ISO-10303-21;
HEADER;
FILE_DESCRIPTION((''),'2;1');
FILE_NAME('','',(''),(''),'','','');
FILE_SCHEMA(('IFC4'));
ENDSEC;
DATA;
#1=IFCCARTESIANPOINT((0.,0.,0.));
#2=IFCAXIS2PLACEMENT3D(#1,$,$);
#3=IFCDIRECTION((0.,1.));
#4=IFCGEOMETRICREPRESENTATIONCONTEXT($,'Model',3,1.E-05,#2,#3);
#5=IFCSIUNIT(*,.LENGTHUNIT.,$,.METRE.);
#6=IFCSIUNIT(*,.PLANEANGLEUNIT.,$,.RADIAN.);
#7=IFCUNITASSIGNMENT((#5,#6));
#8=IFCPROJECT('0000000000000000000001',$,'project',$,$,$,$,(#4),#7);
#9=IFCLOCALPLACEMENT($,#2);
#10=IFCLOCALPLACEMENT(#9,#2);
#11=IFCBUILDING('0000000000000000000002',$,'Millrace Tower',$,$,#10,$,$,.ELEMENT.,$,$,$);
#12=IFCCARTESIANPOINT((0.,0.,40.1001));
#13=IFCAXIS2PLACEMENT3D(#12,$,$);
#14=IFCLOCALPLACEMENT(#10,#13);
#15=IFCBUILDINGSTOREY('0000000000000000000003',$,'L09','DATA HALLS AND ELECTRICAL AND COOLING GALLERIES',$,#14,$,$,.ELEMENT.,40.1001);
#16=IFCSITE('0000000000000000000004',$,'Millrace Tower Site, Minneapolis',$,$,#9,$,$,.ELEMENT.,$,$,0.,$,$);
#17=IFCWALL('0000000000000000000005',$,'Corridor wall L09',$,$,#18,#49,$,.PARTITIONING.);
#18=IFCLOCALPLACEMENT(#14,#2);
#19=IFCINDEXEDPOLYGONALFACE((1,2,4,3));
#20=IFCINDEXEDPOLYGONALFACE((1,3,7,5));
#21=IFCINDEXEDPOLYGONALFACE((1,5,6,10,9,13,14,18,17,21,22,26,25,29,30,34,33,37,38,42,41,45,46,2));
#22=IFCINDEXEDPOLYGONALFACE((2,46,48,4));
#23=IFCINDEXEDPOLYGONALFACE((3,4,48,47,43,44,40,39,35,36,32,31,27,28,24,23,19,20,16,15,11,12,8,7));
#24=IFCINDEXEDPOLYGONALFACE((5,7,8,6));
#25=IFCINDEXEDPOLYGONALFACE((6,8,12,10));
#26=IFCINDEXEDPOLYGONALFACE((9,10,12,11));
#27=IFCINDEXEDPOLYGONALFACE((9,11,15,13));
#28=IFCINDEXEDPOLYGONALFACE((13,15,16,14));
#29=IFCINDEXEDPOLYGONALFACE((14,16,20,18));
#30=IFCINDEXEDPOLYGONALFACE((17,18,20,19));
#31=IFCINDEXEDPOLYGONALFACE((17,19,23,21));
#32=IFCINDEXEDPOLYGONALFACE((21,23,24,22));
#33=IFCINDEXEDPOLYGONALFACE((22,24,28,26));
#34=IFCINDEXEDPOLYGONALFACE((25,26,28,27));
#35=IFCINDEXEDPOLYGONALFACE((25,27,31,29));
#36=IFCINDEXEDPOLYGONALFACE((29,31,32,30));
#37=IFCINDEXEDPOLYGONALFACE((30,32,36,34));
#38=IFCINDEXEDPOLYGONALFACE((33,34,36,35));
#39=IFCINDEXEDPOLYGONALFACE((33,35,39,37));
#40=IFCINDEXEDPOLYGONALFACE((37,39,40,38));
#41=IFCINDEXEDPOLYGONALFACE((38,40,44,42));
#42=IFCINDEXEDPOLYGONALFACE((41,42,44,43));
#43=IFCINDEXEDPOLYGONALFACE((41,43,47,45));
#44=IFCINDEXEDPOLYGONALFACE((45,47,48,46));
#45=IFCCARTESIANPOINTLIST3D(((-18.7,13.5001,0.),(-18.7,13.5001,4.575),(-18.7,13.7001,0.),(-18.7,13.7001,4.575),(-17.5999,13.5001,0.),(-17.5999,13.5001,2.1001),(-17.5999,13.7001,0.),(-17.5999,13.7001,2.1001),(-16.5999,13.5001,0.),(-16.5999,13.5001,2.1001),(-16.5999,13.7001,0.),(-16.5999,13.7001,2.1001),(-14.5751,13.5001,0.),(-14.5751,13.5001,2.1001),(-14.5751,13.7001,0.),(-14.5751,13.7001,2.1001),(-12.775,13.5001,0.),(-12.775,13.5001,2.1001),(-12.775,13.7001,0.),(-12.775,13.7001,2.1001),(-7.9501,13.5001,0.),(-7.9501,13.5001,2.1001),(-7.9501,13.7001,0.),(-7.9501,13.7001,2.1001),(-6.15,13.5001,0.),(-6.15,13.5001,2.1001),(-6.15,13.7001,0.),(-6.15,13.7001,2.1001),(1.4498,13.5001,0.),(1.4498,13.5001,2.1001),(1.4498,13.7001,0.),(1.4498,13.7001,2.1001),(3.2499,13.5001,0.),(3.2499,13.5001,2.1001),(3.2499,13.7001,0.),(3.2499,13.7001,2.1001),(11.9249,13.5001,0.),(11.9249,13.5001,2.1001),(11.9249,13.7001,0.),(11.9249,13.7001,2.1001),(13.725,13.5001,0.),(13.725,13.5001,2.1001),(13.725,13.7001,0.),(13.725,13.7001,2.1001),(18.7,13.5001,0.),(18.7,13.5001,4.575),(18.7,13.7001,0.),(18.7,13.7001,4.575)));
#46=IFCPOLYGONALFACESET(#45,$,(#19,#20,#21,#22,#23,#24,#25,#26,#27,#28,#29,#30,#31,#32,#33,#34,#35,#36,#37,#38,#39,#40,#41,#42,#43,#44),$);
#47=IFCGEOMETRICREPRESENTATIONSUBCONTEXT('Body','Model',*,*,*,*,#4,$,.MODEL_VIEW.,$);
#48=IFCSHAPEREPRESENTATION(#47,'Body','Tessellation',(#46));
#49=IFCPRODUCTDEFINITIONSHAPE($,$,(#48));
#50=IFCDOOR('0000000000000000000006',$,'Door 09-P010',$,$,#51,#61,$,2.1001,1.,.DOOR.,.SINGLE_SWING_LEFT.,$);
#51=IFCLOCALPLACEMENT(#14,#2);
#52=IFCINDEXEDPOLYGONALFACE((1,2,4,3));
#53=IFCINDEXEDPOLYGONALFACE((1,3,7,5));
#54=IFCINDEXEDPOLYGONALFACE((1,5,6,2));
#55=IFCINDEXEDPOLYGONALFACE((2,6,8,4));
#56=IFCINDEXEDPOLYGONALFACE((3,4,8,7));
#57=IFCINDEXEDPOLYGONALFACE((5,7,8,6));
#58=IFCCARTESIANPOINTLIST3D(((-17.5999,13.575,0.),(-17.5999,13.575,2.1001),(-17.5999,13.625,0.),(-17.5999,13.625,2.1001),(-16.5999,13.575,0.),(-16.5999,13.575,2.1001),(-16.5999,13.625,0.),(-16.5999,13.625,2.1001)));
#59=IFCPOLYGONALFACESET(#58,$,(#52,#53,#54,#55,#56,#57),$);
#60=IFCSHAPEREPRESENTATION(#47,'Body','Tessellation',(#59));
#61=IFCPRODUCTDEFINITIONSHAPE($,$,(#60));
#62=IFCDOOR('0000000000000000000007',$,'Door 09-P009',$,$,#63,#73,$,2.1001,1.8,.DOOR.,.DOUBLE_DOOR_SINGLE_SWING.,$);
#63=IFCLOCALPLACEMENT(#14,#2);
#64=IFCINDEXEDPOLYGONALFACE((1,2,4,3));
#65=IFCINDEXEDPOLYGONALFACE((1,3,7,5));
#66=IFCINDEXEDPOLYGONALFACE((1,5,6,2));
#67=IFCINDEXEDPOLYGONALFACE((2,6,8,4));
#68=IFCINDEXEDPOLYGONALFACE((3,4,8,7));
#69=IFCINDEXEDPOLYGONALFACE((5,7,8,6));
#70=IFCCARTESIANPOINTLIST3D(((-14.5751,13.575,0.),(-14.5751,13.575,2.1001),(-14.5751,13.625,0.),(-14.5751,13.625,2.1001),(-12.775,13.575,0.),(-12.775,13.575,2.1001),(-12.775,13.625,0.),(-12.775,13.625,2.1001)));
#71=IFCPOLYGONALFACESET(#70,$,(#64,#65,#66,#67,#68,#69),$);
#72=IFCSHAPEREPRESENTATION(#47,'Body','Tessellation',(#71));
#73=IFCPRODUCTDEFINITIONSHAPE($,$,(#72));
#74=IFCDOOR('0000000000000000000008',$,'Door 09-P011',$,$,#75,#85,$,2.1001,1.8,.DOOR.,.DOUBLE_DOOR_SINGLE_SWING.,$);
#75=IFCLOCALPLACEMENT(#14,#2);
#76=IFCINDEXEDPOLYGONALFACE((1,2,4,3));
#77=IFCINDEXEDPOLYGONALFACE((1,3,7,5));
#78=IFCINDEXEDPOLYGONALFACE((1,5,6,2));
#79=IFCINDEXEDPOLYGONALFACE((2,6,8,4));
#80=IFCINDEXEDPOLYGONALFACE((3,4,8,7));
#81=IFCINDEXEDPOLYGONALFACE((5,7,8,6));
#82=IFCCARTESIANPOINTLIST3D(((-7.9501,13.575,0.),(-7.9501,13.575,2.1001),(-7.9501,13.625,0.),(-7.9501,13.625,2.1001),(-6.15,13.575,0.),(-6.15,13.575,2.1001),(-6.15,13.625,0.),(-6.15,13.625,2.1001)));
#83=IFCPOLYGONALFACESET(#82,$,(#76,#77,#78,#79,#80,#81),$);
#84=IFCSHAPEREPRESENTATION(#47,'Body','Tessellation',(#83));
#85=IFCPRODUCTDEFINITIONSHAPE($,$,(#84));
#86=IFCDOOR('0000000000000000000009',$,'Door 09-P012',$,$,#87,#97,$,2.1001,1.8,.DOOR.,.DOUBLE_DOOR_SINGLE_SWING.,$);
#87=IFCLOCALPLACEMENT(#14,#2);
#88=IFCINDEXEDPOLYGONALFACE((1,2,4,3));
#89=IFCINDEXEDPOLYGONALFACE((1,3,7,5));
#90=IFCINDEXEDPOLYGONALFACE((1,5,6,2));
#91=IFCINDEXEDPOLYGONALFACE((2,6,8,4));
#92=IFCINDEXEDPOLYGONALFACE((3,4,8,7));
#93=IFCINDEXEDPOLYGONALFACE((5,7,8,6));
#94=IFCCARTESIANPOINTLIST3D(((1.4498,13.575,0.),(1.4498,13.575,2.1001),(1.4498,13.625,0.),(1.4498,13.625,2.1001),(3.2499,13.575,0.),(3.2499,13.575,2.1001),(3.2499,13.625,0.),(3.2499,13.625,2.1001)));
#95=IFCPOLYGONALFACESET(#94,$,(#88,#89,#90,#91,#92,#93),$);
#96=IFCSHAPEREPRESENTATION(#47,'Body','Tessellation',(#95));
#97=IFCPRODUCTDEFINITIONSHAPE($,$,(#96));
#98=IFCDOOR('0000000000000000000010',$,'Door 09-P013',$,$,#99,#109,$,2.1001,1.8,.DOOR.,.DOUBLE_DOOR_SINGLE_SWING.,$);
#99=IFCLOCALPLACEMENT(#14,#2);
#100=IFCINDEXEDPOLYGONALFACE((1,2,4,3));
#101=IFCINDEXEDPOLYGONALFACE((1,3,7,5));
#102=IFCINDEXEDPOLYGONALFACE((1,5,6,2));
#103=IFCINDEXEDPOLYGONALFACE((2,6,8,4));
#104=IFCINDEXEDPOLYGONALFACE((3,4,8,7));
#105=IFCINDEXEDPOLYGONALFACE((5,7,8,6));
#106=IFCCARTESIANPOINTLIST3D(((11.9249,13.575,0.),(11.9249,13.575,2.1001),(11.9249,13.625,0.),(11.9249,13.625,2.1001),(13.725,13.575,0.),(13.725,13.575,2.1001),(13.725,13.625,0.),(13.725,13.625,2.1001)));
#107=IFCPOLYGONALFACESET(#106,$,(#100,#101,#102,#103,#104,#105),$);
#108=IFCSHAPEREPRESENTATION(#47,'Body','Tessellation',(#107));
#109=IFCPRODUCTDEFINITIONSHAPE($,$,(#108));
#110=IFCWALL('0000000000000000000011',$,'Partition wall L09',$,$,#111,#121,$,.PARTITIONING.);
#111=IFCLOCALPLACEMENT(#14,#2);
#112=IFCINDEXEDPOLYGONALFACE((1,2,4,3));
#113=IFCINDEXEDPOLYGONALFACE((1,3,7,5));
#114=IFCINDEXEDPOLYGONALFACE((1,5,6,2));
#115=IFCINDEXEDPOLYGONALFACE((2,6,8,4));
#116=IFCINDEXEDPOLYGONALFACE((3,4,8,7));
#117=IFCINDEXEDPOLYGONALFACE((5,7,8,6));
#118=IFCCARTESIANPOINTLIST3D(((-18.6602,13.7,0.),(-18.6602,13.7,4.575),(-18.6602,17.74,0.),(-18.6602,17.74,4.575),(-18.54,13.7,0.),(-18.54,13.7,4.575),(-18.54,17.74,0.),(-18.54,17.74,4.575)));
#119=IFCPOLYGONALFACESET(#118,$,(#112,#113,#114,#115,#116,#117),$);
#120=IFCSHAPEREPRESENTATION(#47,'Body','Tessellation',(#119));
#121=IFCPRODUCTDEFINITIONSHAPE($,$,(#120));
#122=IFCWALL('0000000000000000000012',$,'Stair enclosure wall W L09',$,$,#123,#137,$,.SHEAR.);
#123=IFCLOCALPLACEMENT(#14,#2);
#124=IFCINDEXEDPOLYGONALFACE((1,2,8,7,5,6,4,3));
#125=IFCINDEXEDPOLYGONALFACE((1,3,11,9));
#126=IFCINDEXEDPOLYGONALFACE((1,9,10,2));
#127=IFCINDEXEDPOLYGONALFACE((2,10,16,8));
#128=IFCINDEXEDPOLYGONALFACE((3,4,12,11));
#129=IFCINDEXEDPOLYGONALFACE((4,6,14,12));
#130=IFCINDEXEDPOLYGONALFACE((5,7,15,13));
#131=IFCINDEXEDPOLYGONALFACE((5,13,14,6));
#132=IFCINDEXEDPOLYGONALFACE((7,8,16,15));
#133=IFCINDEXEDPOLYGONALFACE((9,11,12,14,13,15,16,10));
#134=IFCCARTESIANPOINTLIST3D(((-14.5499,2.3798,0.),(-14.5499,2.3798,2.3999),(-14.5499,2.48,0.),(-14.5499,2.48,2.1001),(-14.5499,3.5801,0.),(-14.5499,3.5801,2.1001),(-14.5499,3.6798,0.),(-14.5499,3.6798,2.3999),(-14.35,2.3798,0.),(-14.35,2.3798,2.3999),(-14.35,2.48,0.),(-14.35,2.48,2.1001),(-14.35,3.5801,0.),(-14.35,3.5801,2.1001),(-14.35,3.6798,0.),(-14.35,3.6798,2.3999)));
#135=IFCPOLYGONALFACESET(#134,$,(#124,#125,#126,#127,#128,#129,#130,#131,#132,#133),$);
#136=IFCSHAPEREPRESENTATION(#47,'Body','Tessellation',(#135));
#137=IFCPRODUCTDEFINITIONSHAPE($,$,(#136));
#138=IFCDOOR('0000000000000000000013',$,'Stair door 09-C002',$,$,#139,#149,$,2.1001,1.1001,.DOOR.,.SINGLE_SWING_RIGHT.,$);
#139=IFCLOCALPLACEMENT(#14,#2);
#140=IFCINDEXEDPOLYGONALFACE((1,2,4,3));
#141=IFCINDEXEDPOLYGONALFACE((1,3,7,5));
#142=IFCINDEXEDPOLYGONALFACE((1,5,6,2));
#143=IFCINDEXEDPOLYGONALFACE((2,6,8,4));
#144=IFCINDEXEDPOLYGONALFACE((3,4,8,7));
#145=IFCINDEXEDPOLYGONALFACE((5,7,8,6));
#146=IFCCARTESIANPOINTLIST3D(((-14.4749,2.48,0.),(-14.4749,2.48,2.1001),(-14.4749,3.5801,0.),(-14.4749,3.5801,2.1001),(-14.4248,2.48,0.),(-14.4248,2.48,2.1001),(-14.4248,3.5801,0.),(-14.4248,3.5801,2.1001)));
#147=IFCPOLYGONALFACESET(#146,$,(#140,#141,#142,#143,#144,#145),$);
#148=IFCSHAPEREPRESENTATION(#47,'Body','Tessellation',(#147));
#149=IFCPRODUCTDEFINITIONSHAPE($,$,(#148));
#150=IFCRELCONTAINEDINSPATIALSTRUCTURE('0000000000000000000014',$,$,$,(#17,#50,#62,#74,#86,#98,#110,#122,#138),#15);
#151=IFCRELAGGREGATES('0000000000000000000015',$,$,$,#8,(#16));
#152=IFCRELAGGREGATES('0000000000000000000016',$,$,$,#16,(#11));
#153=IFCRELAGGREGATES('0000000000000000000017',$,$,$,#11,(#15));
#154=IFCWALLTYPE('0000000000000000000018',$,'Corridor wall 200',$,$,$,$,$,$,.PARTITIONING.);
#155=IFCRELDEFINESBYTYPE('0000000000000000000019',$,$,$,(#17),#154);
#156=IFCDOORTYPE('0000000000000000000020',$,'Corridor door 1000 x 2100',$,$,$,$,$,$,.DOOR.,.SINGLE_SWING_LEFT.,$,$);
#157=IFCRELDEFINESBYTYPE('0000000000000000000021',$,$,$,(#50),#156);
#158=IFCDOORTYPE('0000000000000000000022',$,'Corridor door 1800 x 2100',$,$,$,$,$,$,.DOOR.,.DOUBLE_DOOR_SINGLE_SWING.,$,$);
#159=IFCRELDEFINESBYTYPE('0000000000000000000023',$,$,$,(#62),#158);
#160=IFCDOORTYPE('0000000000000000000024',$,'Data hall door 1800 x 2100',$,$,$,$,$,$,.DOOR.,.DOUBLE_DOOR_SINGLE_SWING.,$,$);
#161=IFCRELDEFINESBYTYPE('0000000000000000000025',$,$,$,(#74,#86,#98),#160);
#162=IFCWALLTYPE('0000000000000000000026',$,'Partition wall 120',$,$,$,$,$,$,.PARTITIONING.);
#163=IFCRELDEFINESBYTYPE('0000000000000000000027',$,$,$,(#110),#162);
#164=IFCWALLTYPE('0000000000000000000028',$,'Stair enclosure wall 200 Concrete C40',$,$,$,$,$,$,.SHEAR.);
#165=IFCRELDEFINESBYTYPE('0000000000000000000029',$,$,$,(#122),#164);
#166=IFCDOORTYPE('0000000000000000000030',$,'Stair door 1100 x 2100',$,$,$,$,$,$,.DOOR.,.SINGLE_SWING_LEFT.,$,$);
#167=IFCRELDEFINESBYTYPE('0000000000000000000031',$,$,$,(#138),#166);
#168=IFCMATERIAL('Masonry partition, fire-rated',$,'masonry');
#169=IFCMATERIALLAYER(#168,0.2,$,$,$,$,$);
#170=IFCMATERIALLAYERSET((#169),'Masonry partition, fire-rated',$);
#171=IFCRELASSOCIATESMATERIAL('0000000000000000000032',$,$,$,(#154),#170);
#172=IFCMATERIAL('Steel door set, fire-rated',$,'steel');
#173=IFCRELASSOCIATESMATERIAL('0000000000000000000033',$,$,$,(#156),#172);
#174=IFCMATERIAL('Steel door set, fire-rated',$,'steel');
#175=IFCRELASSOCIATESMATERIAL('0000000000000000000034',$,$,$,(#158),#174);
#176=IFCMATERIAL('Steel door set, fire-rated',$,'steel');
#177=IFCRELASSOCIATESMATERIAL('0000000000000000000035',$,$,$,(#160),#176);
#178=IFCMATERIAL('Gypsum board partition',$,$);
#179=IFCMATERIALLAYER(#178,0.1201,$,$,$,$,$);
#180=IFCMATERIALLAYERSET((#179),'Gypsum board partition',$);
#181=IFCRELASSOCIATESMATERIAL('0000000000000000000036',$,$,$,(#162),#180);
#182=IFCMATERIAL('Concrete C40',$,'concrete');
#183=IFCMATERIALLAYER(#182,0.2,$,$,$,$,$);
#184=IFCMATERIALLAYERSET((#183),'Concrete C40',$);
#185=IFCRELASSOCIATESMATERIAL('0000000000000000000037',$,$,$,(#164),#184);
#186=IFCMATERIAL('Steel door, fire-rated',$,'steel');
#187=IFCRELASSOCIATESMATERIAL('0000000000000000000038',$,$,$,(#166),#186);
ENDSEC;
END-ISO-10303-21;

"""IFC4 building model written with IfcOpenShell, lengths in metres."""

from ifc_helpers import new_model, si_unit, direction, frame, frame_2d, origin, place, context, subcontext, project, spatial, rectangle, extrude, material, layer, layer_set, type_object, element, fill, save


model = new_model("IFC4")

# Units and contexts
model_context = context("Model", 3, precision=1e-05, world=origin(), true_north=direction((0.0, 1.0)))
body_context = subcontext(model_context, "Body", "Model", "MODEL_VIEW")
ifc_project = project(units=[si_unit("LENGTHUNIT", "METRE"), si_unit("PLANEANGLEUNIT", "RADIAN")], contexts=[model_context])

# Site, building, storey
site_placement = place(None, origin())
site = spatial("IfcSite", under=ifc_project, at=site_placement, Name="Millrace Tower Site, Minneapolis", CompositionType="ELEMENT", RefElevation=0.0)
building_placement = place(site_placement, origin())
building = spatial("IfcBuilding", under=site, at=building_placement, Name="Millrace Tower", CompositionType="ELEMENT")
storey_placement = place(building_placement, frame((0.0, 0.0, 40.1001)))
storey = spatial("IfcBuildingStorey", under=building, at=storey_placement, Name="L09", Description="DATA HALLS AND ELECTRICAL AND COOLING GALLERIES", CompositionType="ELEMENT", Elevation=40.1001)

# Shared definitions
ifc_material_1 = material(Name="Masonry partition, fire-rated", Category="masonry")
ifc_layer_1 = layer(ifc_material_1, 0.2)
ifc_layer_set_1 = layer_set([ifc_layer_1], Name="Masonry partition, fire-rated")
wall_type_1 = type_object("IfcWallType", Name="Corridor wall 200", PredefinedType="PARTITIONING", material=ifc_layer_set_1)

# Wall, openings, doors
wall_1_placement = place(storey_placement, frame((-18.7, 13.6001, 0.0), z_axis=(0.0, 0.0, 1.0), x_axis=(1.0, 0.0, 0.0)))
wall_1 = element("IfcWall", 1, at=wall_1_placement, inside=storey, type_object=wall_type_1, Name="Corridor wall L09", PredefinedType="PARTITIONING", context=body_context, shape_type="SweptSolid", body=[
    extrude(rectangle(XDim=37.3999, YDim=0.2, at=frame_2d((18.7, 0.0))), origin(), (0.0, 0.0, 1.0), 4.575),
])
opening_1_placement = place(wall_1_placement, frame((4.125, 0.0, 0.0)))
opening_1 = element("IfcOpeningElement", 2, at=opening_1_placement, cuts=wall_1, PredefinedType="OPENING", context=body_context, shape_type="SweptSolid", body=[
    extrude(rectangle(XDim=1.8, YDim=2.1001, at=frame_2d((0.8999, 1.05))), frame((0.0, 0.1099, 0.0), z_axis=(0.0, -1.0, 0.0), x_axis=(1.0, 0.0, 0.0)), (0.0, 0.0, 1.0), 0.22),
])
opening_2_placement = place(wall_1_placement, frame((1.1001, 0.0, 0.0)))
opening_2 = element("IfcOpeningElement", 3, at=opening_2_placement, cuts=wall_1, PredefinedType="OPENING", context=body_context, shape_type="SweptSolid", body=[
    extrude(rectangle(XDim=1.0, YDim=2.1001, at=frame_2d((0.5, 1.05))), frame((0.0, 0.1099, 0.0), z_axis=(0.0, -1.0, 0.0), x_axis=(1.0, 0.0, 0.0)), (0.0, 0.0, 1.0), 0.22),
])
opening_3_placement = place(wall_1_placement, frame((10.75, 0.0, 0.0)))
opening_3 = element("IfcOpeningElement", 4, at=opening_3_placement, cuts=wall_1, PredefinedType="OPENING", context=body_context, shape_type="SweptSolid", body=[
    extrude(rectangle(XDim=1.8, YDim=2.1001, at=frame_2d((0.8999, 1.05))), frame((0.0, 0.1099, 0.0), z_axis=(0.0, -1.0, 0.0), x_axis=(1.0, 0.0, 0.0)), (0.0, 0.0, 1.0), 0.22),
])
opening_4_placement = place(wall_1_placement, frame((20.1499, 0.0, 0.0)))
opening_4 = element("IfcOpeningElement", 5, at=opening_4_placement, cuts=wall_1, PredefinedType="OPENING", context=body_context, shape_type="SweptSolid", body=[
    extrude(rectangle(XDim=1.8, YDim=2.1001, at=frame_2d((0.8999, 1.05))), frame((0.0, 0.1099, 0.0), z_axis=(0.0, -1.0, 0.0), x_axis=(1.0, 0.0, 0.0)), (0.0, 0.0, 1.0), 0.22),
])
opening_5_placement = place(wall_1_placement, frame((30.625, 0.0, 0.0)))
opening_5 = element("IfcOpeningElement", 6, at=opening_5_placement, cuts=wall_1, PredefinedType="OPENING", context=body_context, shape_type="SweptSolid", body=[
    extrude(rectangle(XDim=1.8, YDim=2.1001, at=frame_2d((0.8999, 1.05))), frame((0.0, 0.1099, 0.0), z_axis=(0.0, -1.0, 0.0), x_axis=(1.0, 0.0, 0.0)), (0.0, 0.0, 1.0), 0.22),
])
ifc_material_2 = material(Name="Steel door set, fire-rated", Category="steel")
door_type_1 = type_object("IfcDoorType", Name="Corridor door 1000 x 2100", OperationType="SINGLE_SWING_LEFT", PredefinedType="DOOR", material=ifc_material_2)
door_1_placement = place(opening_2_placement, origin())
door_1 = element("IfcDoor", 7, at=door_1_placement, inside=storey, type_object=door_type_1, Name="Door 09-P010", OperationType="SINGLE_SWING_LEFT", OverallHeight=2.1001, OverallWidth=1.0, PredefinedType="DOOR", context=body_context, shape_type="SweptSolid", body=[
    extrude(rectangle(XDim=1.0, YDim=2.1001, at=frame_2d((0.5, 1.05))), frame((0.0, 0.0249, 0.0), z_axis=(0.0, -1.0, 0.0), x_axis=(1.0, 0.0, 0.0)), (0.0, 0.0, 1.0), 0.05),
])
fill(opening_2, door_1)
ifc_material_3 = material(Name="Steel door set, fire-rated", Category="steel")
door_type_2 = type_object("IfcDoorType", Name="Corridor door 1800 x 2100", OperationType="DOUBLE_DOOR_SINGLE_SWING", PredefinedType="DOOR", material=ifc_material_3)
door_2_placement = place(opening_1_placement, origin())
door_2 = element("IfcDoor", 8, at=door_2_placement, inside=storey, type_object=door_type_2, Name="Door 09-P009", OperationType="DOUBLE_DOOR_SINGLE_SWING", OverallHeight=2.1001, OverallWidth=1.8, PredefinedType="DOOR", context=body_context, shape_type="SweptSolid", body=[
    extrude(rectangle(XDim=1.8, YDim=2.1001, at=frame_2d((0.8999, 1.05))), frame((0.0, 0.0249, 0.0), z_axis=(0.0, -1.0, 0.0), x_axis=(1.0, 0.0, 0.0)), (0.0, 0.0, 1.0), 0.05),
])
fill(opening_1, door_2)
ifc_material_4 = material(Name="Steel door set, fire-rated", Category="steel")
door_type_3 = type_object("IfcDoorType", Name="Data hall door 1800 x 2100", OperationType="DOUBLE_DOOR_SINGLE_SWING", PredefinedType="DOOR", material=ifc_material_4)
door_3_placement = place(opening_3_placement, origin())
door_3 = element("IfcDoor", 9, at=door_3_placement, inside=storey, type_object=door_type_3, Name="Door 09-P011", OperationType="DOUBLE_DOOR_SINGLE_SWING", OverallHeight=2.1001, OverallWidth=1.8, PredefinedType="DOOR", context=body_context, shape_type="SweptSolid", body=[
    extrude(rectangle(XDim=1.8, YDim=2.1001, at=frame_2d((0.8999, 1.05))), frame((0.0, 0.0249, 0.0), z_axis=(0.0, -1.0, 0.0), x_axis=(1.0, 0.0, 0.0)), (0.0, 0.0, 1.0), 0.05),
])
fill(opening_3, door_3)
door_4_placement = place(opening_4_placement, origin())
door_4 = element("IfcDoor", 10, at=door_4_placement, inside=storey, type_object=door_type_3, Name="Door 09-P012", OperationType="DOUBLE_DOOR_SINGLE_SWING", OverallHeight=2.1001, OverallWidth=1.8, PredefinedType="DOOR", context=body_context, shape_type="SweptSolid", body=[
    extrude(rectangle(XDim=1.8, YDim=2.1001, at=frame_2d((0.8999, 1.05))), frame((0.0, 0.0249, 0.0), z_axis=(0.0, -1.0, 0.0), x_axis=(1.0, 0.0, 0.0)), (0.0, 0.0, 1.0), 0.05),
])
fill(opening_4, door_4)
door_5_placement = place(opening_5_placement, origin())
door_5 = element("IfcDoor", 11, at=door_5_placement, inside=storey, type_object=door_type_3, Name="Door 09-P013", OperationType="DOUBLE_DOOR_SINGLE_SWING", OverallHeight=2.1001, OverallWidth=1.8, PredefinedType="DOOR", context=body_context, shape_type="SweptSolid", body=[
    extrude(rectangle(XDim=1.8, YDim=2.1001, at=frame_2d((0.8999, 1.05))), frame((0.0, 0.0249, 0.0), z_axis=(0.0, -1.0, 0.0), x_axis=(1.0, 0.0, 0.0)), (0.0, 0.0, 1.0), 0.05),
])
fill(opening_5, door_5)

# Wall
ifc_material_5 = material(Name="Gypsum board partition")
ifc_layer_2 = layer(ifc_material_5, 0.1201)
ifc_layer_set_2 = layer_set([ifc_layer_2], Name="Gypsum board partition")
wall_type_2 = type_object("IfcWallType", Name="Partition wall 120", PredefinedType="PARTITIONING", material=ifc_layer_set_2)
wall_2_placement = place(storey_placement, frame((-18.6001, 13.7, 0.0), z_axis=(0.0, 0.0, 1.0), x_axis=(0.0, 1.0, 0.0)))
element("IfcWall", 12, at=wall_2_placement, inside=storey, type_object=wall_type_2, Name="Partition wall L09", PredefinedType="PARTITIONING", context=body_context, shape_type="SweptSolid", body=[
    extrude(rectangle(XDim=4.04, YDim=0.1201, at=frame_2d((2.02, 0.0))), origin(), (0.0, 0.0, 1.0), 4.575),
])

# Wall, opening, door
ifc_material_6 = material(Name="Concrete C40", Category="concrete")
ifc_layer_3 = layer(ifc_material_6, 0.2)
ifc_layer_set_3 = layer_set([ifc_layer_3], Name="Concrete C40")
wall_type_3 = type_object("IfcWallType", Name="Stair enclosure wall 200 Concrete C40", PredefinedType="SHEAR", material=ifc_layer_set_3)
wall_3_placement = place(storey_placement, frame((-14.45, 2.3799, 0.0), z_axis=(0.0, 0.0, 1.0), x_axis=(0.0, 1.0, 0.0)))
wall_3 = element("IfcWall", 13, at=wall_3_placement, inside=storey, type_object=wall_type_3, Name="Stair enclosure wall W L09", PredefinedType="SHEAR", context=body_context, shape_type="SweptSolid", body=[
    extrude(rectangle(XDim=1.3, YDim=0.2, at=frame_2d((0.6499, 0.0))), origin(), (0.0, 0.0, 1.0), 2.3999),
])
opening_6_placement = place(wall_3_placement, frame((0.1001, 0.0, 0.0)))
opening_6 = element("IfcOpeningElement", 14, at=opening_6_placement, cuts=wall_3, PredefinedType="OPENING", context=body_context, shape_type="SweptSolid", body=[
    extrude(rectangle(XDim=1.1001, YDim=2.1001, at=frame_2d((0.55, 1.05))), frame((0.0, 0.1099, 0.0), z_axis=(0.0, -1.0, 0.0), x_axis=(1.0, 0.0, 0.0)), (0.0, 0.0, 1.0), 0.22),
])
ifc_material_7 = material(Name="Steel door, fire-rated", Category="steel")
door_type_4 = type_object("IfcDoorType", Name="Stair door 1100 x 2100", OperationType="SINGLE_SWING_LEFT", PredefinedType="DOOR", material=ifc_material_7)
door_6_placement = place(opening_6_placement, origin())
door_6 = element("IfcDoor", 15, at=door_6_placement, inside=storey, type_object=door_type_4, Name="Stair door 09-C002", OperationType="SINGLE_SWING_RIGHT", OverallHeight=2.1001, OverallWidth=1.1001, PredefinedType="DOOR", context=body_context, shape_type="SweptSolid", body=[
    extrude(rectangle(XDim=1.1001, YDim=2.1001, at=frame_2d((0.55, 1.05))), frame((0.0, 0.0249, 0.0), z_axis=(0.0, -1.0, 0.0), x_axis=(1.0, 0.0, 0.0)), (0.0, 0.0, 1.0), 0.05),
])
fill(opening_6, door_6)

save(model, "model.ifc")
